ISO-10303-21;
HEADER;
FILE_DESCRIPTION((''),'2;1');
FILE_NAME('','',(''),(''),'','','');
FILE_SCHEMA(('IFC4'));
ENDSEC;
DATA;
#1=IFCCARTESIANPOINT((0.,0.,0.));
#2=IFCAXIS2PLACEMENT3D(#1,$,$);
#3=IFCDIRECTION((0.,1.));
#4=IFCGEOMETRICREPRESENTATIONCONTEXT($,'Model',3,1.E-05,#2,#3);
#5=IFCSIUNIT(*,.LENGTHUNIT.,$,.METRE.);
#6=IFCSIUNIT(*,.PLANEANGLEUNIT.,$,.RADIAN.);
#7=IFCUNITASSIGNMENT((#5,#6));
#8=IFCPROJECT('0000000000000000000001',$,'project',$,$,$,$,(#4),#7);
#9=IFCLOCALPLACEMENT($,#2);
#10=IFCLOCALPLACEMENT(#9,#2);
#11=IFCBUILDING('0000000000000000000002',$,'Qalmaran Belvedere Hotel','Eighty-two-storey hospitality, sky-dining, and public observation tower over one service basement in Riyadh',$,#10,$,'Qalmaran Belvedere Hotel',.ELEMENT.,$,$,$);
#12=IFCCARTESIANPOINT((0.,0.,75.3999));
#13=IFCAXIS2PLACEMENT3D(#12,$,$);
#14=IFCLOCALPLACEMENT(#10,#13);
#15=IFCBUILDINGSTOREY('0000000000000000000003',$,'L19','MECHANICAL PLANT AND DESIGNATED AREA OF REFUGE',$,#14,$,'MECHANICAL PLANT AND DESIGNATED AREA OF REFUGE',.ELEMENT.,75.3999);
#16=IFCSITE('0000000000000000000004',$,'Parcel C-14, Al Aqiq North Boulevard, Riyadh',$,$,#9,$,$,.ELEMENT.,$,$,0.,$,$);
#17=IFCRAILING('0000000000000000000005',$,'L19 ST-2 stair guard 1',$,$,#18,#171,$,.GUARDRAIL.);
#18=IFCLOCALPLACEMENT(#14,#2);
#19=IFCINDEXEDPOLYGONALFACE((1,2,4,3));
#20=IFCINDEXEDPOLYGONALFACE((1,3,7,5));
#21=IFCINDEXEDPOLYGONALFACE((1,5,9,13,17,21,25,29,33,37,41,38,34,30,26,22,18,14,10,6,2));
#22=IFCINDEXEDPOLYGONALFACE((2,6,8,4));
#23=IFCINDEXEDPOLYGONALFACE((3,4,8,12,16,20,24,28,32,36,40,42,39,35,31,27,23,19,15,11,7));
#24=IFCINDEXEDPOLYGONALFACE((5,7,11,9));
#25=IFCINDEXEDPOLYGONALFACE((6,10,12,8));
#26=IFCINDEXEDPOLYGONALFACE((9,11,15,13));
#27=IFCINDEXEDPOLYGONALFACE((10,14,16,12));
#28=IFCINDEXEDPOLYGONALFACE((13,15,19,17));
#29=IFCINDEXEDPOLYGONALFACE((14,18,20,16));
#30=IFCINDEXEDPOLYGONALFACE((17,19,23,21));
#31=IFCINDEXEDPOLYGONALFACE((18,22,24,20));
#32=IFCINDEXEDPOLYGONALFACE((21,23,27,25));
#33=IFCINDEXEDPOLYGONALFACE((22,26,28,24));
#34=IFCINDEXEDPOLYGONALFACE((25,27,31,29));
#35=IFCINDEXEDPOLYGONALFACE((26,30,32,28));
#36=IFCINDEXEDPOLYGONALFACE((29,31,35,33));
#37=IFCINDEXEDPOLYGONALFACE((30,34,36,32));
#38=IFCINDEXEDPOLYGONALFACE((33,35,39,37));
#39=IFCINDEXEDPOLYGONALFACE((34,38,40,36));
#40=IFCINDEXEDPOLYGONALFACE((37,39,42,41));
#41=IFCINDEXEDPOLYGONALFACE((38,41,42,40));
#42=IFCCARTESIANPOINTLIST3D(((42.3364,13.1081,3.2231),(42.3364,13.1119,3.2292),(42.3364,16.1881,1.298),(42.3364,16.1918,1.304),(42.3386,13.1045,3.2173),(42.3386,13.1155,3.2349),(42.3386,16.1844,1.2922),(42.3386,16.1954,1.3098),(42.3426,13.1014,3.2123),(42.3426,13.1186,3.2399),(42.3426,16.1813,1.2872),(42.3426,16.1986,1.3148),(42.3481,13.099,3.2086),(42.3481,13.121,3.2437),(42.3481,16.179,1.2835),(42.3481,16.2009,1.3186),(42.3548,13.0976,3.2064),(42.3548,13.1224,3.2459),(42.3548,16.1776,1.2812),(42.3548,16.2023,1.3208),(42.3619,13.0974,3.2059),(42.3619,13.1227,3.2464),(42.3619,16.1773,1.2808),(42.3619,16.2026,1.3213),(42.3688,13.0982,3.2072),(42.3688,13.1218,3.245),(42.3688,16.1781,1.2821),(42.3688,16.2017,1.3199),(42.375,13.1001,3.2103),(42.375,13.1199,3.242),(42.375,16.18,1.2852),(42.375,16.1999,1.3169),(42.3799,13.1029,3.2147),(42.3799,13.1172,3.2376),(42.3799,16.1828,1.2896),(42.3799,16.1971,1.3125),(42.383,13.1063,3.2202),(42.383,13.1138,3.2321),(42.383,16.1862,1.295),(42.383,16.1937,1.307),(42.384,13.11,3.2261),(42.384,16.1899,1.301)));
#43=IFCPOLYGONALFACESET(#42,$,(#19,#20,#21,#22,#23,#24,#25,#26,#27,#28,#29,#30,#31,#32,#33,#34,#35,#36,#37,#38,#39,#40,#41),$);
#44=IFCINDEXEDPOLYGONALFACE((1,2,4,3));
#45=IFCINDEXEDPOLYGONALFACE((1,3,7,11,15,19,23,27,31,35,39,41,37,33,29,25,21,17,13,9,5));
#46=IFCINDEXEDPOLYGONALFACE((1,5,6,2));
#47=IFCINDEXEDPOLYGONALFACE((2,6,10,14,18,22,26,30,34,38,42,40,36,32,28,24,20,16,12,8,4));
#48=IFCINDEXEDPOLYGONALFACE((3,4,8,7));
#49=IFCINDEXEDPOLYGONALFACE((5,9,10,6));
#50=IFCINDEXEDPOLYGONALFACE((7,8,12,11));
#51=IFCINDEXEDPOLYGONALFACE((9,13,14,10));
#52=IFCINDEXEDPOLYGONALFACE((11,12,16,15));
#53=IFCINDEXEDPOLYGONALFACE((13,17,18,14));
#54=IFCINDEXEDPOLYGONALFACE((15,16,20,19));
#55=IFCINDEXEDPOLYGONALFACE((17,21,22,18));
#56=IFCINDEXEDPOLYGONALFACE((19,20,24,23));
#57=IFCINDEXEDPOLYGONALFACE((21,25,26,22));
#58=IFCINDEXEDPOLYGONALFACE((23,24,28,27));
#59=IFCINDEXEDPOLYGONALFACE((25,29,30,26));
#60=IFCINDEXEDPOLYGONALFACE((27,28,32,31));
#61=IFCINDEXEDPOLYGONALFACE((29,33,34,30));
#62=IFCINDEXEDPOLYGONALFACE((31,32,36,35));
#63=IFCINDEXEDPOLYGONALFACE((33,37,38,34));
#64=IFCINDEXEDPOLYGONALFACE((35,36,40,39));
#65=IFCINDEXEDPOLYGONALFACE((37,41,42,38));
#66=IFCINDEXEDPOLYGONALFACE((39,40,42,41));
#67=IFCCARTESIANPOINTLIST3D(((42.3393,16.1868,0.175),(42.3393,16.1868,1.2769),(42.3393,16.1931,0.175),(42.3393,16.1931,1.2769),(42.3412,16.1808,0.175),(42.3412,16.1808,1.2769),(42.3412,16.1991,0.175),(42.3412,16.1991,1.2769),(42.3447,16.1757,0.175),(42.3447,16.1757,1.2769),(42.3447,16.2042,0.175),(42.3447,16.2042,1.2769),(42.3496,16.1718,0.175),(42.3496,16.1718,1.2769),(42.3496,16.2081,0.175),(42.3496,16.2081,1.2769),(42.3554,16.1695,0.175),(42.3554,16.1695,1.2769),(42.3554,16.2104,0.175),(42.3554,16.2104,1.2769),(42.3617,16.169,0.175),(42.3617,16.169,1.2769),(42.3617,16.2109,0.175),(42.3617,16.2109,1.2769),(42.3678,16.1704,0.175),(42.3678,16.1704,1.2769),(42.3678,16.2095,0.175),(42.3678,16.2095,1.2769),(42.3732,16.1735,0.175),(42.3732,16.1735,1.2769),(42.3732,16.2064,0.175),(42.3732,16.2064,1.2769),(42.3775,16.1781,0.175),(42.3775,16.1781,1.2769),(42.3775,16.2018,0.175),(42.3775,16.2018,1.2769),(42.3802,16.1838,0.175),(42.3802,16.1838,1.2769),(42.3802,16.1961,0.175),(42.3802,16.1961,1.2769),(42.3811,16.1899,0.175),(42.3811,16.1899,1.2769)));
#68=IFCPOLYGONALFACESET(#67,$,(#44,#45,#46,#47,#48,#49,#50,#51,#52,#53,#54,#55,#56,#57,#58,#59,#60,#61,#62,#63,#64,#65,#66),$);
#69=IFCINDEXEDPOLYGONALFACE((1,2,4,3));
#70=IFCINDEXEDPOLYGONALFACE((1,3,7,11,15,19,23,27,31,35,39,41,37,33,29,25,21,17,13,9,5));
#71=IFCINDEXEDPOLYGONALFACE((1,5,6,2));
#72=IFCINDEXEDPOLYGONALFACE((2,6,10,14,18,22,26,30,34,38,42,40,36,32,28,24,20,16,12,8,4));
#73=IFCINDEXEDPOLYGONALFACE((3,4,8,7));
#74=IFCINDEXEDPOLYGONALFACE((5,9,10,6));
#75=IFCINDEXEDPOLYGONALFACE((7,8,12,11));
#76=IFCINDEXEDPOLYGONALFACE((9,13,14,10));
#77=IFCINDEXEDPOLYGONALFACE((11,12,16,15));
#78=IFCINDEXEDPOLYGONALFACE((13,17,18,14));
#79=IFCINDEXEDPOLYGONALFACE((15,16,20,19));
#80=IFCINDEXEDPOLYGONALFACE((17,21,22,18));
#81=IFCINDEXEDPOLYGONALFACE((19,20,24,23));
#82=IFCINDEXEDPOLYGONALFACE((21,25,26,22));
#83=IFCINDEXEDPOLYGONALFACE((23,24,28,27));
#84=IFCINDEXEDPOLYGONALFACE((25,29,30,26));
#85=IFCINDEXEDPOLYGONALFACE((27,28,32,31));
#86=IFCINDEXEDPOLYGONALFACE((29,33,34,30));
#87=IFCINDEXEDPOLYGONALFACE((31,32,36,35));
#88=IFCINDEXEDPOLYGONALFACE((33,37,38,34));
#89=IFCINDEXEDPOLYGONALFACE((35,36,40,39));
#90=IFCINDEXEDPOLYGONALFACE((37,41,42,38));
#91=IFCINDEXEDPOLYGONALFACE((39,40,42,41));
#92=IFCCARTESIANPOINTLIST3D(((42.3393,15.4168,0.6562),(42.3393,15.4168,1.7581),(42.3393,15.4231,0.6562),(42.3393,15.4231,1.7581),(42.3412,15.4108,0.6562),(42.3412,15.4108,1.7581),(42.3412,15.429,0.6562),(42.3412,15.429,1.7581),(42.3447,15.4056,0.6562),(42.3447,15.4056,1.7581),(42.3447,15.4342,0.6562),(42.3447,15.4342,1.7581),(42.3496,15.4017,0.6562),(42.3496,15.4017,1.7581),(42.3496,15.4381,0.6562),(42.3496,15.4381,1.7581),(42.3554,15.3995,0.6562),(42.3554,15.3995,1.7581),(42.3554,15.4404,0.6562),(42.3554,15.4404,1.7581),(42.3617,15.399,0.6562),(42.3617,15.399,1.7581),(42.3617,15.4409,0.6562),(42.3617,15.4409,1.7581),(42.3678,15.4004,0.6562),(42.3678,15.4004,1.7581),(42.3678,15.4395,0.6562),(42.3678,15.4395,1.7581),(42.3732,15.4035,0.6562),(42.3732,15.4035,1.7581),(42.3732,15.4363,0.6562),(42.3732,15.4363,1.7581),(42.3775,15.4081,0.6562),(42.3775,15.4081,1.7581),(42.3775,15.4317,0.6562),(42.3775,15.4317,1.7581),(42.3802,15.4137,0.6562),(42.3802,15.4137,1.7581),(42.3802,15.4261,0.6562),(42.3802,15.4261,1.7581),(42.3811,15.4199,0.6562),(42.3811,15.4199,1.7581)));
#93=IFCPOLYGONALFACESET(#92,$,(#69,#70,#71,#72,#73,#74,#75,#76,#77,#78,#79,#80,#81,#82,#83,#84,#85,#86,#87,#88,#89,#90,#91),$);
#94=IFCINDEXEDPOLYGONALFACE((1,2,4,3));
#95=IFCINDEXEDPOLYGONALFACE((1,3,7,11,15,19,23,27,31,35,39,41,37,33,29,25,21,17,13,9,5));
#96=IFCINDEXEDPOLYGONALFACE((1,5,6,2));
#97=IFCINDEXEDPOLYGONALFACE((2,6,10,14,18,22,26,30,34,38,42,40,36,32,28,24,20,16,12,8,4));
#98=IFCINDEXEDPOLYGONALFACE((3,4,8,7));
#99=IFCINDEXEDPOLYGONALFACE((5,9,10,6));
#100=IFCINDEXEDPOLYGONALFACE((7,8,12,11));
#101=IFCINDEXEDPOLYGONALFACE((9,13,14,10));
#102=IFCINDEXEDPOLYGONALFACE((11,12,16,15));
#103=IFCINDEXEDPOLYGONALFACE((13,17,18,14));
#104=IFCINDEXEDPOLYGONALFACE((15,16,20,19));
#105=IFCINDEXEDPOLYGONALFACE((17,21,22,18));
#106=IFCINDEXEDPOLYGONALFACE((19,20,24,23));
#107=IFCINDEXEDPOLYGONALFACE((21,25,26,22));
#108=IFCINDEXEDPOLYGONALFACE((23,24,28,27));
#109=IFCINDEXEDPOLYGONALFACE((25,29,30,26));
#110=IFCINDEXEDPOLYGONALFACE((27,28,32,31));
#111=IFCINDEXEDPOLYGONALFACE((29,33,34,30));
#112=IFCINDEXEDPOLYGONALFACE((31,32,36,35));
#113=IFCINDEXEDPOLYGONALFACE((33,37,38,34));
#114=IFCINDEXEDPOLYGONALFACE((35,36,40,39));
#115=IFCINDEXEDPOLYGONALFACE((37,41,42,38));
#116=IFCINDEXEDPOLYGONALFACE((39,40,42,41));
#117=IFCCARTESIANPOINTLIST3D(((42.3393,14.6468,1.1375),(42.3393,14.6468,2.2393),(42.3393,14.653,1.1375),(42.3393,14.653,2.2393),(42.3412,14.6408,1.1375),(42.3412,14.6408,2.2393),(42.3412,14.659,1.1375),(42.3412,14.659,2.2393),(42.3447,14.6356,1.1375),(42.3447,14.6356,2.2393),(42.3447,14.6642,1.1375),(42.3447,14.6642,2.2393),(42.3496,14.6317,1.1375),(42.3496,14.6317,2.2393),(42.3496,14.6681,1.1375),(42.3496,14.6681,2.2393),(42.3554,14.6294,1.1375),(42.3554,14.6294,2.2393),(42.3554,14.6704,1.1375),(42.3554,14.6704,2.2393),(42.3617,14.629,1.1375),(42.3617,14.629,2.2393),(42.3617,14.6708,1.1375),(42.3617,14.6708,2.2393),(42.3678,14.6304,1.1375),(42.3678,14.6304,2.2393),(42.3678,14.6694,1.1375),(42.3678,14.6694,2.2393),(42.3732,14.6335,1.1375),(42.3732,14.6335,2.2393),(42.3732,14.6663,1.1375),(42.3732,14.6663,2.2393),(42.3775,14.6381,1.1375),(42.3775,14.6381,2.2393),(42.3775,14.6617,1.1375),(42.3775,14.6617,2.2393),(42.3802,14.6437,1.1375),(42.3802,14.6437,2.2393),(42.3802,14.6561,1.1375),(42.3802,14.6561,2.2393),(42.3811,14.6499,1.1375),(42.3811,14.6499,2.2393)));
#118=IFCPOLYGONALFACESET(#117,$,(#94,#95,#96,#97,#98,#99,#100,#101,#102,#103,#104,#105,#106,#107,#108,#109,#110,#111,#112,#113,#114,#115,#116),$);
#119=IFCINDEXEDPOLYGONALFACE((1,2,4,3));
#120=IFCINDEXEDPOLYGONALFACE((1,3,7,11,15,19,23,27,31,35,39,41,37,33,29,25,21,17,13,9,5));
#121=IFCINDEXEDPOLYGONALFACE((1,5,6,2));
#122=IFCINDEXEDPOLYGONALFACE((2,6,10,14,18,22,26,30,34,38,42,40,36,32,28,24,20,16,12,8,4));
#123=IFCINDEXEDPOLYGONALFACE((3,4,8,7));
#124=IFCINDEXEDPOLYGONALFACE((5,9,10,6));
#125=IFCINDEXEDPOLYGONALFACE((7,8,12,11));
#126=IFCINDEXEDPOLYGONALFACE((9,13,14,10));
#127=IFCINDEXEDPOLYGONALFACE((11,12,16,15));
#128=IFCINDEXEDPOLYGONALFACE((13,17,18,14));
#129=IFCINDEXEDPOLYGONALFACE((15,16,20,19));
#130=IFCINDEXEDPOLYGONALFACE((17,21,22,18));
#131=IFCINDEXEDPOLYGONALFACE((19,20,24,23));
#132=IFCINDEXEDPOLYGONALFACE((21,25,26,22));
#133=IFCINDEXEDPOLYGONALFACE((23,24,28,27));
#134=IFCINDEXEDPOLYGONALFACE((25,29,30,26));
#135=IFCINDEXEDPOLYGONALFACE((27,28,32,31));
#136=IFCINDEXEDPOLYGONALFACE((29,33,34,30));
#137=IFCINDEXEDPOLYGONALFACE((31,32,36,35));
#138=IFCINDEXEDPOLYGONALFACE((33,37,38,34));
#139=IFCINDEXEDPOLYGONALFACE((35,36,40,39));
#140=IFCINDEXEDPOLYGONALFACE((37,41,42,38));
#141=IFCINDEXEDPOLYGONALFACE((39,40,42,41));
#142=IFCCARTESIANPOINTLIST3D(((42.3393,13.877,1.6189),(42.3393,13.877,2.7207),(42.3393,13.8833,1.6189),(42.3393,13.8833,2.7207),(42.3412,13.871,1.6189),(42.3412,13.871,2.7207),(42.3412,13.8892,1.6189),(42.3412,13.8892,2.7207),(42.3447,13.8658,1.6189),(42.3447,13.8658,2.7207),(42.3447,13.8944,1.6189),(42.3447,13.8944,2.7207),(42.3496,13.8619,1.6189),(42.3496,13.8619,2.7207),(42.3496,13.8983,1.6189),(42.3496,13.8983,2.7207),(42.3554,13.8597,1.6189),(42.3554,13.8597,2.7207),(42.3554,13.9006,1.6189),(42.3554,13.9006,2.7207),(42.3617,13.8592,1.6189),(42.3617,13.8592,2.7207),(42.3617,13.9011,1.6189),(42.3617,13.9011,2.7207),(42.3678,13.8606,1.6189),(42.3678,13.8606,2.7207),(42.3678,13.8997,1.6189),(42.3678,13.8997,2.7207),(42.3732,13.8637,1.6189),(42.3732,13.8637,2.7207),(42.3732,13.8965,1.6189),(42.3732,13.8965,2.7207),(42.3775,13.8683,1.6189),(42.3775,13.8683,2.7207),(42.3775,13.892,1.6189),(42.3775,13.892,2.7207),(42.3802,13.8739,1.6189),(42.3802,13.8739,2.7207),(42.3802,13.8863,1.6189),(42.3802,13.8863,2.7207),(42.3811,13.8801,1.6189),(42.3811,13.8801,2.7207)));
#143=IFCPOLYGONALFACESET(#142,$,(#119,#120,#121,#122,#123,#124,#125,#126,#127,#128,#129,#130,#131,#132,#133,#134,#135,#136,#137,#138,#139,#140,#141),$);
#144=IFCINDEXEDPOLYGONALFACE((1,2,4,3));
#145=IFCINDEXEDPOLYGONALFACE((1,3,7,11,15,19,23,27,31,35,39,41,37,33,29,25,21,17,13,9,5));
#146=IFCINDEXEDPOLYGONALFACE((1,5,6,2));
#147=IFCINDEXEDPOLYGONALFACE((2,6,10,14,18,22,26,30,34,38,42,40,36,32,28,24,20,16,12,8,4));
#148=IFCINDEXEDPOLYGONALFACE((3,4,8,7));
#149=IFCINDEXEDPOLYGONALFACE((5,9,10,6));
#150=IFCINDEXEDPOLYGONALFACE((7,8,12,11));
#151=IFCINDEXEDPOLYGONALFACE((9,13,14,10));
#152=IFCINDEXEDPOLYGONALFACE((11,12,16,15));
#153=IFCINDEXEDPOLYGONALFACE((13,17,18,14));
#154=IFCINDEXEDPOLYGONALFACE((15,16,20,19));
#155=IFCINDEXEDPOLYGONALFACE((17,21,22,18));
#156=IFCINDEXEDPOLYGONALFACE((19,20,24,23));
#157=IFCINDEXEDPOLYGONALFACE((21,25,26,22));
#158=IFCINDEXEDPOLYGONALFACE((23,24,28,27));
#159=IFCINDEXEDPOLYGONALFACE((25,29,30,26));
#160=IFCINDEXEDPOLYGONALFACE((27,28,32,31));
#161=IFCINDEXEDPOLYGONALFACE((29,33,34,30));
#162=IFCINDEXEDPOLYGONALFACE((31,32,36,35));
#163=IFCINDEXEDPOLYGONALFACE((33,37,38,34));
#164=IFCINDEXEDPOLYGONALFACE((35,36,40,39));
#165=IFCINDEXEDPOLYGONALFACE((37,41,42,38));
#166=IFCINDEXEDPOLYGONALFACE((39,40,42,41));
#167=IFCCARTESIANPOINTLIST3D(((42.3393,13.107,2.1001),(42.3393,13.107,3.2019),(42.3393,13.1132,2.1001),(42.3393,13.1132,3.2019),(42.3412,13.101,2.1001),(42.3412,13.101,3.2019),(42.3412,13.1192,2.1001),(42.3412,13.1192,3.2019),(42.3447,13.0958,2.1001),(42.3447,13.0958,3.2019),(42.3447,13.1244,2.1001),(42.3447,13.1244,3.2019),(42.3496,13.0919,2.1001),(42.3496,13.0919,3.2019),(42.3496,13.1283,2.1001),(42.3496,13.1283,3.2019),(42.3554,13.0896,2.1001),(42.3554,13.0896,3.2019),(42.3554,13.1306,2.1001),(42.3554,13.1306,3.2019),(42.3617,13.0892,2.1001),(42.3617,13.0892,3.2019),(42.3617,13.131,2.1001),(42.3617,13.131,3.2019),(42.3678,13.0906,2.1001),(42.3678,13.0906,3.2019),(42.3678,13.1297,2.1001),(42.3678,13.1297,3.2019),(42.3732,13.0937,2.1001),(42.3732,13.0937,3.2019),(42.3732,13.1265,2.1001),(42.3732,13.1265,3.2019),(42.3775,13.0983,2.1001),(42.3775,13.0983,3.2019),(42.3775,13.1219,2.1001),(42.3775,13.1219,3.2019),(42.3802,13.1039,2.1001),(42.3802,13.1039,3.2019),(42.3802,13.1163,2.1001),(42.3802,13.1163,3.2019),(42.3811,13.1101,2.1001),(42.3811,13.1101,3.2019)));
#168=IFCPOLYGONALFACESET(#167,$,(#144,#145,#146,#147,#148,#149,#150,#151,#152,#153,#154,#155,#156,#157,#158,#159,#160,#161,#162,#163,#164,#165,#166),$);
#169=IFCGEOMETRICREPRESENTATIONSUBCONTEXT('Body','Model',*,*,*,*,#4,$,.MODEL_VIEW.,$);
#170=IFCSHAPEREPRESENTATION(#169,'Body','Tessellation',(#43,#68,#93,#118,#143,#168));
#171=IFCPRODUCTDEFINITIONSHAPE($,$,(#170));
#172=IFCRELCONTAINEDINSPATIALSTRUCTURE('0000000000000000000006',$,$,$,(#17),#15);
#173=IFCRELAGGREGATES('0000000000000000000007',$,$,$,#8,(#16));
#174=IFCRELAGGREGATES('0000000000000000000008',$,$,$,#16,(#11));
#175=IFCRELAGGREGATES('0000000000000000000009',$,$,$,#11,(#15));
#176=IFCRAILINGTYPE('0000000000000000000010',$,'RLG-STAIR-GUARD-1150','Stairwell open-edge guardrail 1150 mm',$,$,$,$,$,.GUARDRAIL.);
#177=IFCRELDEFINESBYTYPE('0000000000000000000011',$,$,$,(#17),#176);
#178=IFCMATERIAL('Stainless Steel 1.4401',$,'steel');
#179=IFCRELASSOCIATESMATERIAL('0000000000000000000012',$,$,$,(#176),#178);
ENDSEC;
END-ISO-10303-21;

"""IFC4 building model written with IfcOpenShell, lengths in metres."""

from ifc_helpers import new_model, si_unit, direction, frame, origin, origin_2d, place, context, subcontext, project, spatial, circle, extrude, material, type_object, element, save


model = new_model("IFC4")

# Units and contexts
model_context = context("Model", 3, precision=1e-05, world=origin(), true_north=direction((0.0, 1.0)))
body_context = subcontext(model_context, "Body", "Model", "MODEL_VIEW")
ifc_project = project(units=[si_unit("LENGTHUNIT", "METRE"), si_unit("PLANEANGLEUNIT", "RADIAN")], contexts=[model_context])

# Site, building, storey
site_placement = place(None, origin())
site = spatial("IfcSite", under=ifc_project, at=site_placement, Name="Parcel C-14, Al Aqiq North Boulevard, Riyadh", CompositionType="ELEMENT", RefElevation=0.0)
building_placement = place(site_placement, origin())
building = spatial("IfcBuilding", under=site, at=building_placement, Name="Qalmaran Belvedere Hotel", Description="Eighty-two-storey hospitality, sky-dining, and public observation tower over one service basement in Riyadh", LongName="Qalmaran Belvedere Hotel", CompositionType="ELEMENT")
storey_placement = place(building_placement, frame((0.0, 0.0, 75.3999)))
storey = spatial("IfcBuildingStorey", under=building, at=storey_placement, Name="L19", Description="MECHANICAL PLANT AND DESIGNATED AREA OF REFUGE", LongName="MECHANICAL PLANT AND DESIGNATED AREA OF REFUGE", CompositionType="ELEMENT", Elevation=75.3999)

# Railing
ifc_material_1 = material(Name="Stainless Steel 1.4401", Category="steel")
railing_type_1 = type_object("IfcRailingType", Name="RLG-STAIR-GUARD-1150", Description="Stairwell open-edge guardrail 1150 mm", PredefinedType="GUARDRAIL", material=ifc_material_1)
railing_1_placement = place(storey_placement, frame((42.3601, 16.1899, 0.175)))
element("IfcRailing", 1, at=railing_1_placement, inside=storey, type_object=railing_type_1, Name="L19 ST-2 stair guard 1", PredefinedType="GUARDRAIL", context=body_context, shape_type="SweptSolid", body=[
    extrude(circle(Radius=0.0239, at=origin_2d()), frame((0.0, 0.0, 1.126), z_axis=(0.0, -0.847979, 0.530029), x_axis=(1.0, 0.0, 0.0)), (0.0, 0.0, 1.0), 3.6321),
    extrude(circle(Radius=0.021, at=origin_2d()), origin(), (0.0, 0.0, 1.0), 1.1018),
    extrude(circle(Radius=0.021, at=origin_2d()), frame((0.0, -0.77, 0.4812)), (0.0, 0.0, 1.0), 1.1018),
    extrude(circle(Radius=0.021, at=origin_2d()), frame((0.0, -1.54, 0.9624)), (0.0, 0.0, 1.0), 1.1018),
    extrude(circle(Radius=0.021, at=origin_2d()), frame((0.0, -2.3098, 1.4438)), (0.0, 0.0, 1.0), 1.1018),
    extrude(circle(Radius=0.021, at=origin_2d()), frame((0.0, -3.0798, 1.925)), (0.0, 0.0, 1.0), 1.1018),
])

save(model, "model.ifc")
